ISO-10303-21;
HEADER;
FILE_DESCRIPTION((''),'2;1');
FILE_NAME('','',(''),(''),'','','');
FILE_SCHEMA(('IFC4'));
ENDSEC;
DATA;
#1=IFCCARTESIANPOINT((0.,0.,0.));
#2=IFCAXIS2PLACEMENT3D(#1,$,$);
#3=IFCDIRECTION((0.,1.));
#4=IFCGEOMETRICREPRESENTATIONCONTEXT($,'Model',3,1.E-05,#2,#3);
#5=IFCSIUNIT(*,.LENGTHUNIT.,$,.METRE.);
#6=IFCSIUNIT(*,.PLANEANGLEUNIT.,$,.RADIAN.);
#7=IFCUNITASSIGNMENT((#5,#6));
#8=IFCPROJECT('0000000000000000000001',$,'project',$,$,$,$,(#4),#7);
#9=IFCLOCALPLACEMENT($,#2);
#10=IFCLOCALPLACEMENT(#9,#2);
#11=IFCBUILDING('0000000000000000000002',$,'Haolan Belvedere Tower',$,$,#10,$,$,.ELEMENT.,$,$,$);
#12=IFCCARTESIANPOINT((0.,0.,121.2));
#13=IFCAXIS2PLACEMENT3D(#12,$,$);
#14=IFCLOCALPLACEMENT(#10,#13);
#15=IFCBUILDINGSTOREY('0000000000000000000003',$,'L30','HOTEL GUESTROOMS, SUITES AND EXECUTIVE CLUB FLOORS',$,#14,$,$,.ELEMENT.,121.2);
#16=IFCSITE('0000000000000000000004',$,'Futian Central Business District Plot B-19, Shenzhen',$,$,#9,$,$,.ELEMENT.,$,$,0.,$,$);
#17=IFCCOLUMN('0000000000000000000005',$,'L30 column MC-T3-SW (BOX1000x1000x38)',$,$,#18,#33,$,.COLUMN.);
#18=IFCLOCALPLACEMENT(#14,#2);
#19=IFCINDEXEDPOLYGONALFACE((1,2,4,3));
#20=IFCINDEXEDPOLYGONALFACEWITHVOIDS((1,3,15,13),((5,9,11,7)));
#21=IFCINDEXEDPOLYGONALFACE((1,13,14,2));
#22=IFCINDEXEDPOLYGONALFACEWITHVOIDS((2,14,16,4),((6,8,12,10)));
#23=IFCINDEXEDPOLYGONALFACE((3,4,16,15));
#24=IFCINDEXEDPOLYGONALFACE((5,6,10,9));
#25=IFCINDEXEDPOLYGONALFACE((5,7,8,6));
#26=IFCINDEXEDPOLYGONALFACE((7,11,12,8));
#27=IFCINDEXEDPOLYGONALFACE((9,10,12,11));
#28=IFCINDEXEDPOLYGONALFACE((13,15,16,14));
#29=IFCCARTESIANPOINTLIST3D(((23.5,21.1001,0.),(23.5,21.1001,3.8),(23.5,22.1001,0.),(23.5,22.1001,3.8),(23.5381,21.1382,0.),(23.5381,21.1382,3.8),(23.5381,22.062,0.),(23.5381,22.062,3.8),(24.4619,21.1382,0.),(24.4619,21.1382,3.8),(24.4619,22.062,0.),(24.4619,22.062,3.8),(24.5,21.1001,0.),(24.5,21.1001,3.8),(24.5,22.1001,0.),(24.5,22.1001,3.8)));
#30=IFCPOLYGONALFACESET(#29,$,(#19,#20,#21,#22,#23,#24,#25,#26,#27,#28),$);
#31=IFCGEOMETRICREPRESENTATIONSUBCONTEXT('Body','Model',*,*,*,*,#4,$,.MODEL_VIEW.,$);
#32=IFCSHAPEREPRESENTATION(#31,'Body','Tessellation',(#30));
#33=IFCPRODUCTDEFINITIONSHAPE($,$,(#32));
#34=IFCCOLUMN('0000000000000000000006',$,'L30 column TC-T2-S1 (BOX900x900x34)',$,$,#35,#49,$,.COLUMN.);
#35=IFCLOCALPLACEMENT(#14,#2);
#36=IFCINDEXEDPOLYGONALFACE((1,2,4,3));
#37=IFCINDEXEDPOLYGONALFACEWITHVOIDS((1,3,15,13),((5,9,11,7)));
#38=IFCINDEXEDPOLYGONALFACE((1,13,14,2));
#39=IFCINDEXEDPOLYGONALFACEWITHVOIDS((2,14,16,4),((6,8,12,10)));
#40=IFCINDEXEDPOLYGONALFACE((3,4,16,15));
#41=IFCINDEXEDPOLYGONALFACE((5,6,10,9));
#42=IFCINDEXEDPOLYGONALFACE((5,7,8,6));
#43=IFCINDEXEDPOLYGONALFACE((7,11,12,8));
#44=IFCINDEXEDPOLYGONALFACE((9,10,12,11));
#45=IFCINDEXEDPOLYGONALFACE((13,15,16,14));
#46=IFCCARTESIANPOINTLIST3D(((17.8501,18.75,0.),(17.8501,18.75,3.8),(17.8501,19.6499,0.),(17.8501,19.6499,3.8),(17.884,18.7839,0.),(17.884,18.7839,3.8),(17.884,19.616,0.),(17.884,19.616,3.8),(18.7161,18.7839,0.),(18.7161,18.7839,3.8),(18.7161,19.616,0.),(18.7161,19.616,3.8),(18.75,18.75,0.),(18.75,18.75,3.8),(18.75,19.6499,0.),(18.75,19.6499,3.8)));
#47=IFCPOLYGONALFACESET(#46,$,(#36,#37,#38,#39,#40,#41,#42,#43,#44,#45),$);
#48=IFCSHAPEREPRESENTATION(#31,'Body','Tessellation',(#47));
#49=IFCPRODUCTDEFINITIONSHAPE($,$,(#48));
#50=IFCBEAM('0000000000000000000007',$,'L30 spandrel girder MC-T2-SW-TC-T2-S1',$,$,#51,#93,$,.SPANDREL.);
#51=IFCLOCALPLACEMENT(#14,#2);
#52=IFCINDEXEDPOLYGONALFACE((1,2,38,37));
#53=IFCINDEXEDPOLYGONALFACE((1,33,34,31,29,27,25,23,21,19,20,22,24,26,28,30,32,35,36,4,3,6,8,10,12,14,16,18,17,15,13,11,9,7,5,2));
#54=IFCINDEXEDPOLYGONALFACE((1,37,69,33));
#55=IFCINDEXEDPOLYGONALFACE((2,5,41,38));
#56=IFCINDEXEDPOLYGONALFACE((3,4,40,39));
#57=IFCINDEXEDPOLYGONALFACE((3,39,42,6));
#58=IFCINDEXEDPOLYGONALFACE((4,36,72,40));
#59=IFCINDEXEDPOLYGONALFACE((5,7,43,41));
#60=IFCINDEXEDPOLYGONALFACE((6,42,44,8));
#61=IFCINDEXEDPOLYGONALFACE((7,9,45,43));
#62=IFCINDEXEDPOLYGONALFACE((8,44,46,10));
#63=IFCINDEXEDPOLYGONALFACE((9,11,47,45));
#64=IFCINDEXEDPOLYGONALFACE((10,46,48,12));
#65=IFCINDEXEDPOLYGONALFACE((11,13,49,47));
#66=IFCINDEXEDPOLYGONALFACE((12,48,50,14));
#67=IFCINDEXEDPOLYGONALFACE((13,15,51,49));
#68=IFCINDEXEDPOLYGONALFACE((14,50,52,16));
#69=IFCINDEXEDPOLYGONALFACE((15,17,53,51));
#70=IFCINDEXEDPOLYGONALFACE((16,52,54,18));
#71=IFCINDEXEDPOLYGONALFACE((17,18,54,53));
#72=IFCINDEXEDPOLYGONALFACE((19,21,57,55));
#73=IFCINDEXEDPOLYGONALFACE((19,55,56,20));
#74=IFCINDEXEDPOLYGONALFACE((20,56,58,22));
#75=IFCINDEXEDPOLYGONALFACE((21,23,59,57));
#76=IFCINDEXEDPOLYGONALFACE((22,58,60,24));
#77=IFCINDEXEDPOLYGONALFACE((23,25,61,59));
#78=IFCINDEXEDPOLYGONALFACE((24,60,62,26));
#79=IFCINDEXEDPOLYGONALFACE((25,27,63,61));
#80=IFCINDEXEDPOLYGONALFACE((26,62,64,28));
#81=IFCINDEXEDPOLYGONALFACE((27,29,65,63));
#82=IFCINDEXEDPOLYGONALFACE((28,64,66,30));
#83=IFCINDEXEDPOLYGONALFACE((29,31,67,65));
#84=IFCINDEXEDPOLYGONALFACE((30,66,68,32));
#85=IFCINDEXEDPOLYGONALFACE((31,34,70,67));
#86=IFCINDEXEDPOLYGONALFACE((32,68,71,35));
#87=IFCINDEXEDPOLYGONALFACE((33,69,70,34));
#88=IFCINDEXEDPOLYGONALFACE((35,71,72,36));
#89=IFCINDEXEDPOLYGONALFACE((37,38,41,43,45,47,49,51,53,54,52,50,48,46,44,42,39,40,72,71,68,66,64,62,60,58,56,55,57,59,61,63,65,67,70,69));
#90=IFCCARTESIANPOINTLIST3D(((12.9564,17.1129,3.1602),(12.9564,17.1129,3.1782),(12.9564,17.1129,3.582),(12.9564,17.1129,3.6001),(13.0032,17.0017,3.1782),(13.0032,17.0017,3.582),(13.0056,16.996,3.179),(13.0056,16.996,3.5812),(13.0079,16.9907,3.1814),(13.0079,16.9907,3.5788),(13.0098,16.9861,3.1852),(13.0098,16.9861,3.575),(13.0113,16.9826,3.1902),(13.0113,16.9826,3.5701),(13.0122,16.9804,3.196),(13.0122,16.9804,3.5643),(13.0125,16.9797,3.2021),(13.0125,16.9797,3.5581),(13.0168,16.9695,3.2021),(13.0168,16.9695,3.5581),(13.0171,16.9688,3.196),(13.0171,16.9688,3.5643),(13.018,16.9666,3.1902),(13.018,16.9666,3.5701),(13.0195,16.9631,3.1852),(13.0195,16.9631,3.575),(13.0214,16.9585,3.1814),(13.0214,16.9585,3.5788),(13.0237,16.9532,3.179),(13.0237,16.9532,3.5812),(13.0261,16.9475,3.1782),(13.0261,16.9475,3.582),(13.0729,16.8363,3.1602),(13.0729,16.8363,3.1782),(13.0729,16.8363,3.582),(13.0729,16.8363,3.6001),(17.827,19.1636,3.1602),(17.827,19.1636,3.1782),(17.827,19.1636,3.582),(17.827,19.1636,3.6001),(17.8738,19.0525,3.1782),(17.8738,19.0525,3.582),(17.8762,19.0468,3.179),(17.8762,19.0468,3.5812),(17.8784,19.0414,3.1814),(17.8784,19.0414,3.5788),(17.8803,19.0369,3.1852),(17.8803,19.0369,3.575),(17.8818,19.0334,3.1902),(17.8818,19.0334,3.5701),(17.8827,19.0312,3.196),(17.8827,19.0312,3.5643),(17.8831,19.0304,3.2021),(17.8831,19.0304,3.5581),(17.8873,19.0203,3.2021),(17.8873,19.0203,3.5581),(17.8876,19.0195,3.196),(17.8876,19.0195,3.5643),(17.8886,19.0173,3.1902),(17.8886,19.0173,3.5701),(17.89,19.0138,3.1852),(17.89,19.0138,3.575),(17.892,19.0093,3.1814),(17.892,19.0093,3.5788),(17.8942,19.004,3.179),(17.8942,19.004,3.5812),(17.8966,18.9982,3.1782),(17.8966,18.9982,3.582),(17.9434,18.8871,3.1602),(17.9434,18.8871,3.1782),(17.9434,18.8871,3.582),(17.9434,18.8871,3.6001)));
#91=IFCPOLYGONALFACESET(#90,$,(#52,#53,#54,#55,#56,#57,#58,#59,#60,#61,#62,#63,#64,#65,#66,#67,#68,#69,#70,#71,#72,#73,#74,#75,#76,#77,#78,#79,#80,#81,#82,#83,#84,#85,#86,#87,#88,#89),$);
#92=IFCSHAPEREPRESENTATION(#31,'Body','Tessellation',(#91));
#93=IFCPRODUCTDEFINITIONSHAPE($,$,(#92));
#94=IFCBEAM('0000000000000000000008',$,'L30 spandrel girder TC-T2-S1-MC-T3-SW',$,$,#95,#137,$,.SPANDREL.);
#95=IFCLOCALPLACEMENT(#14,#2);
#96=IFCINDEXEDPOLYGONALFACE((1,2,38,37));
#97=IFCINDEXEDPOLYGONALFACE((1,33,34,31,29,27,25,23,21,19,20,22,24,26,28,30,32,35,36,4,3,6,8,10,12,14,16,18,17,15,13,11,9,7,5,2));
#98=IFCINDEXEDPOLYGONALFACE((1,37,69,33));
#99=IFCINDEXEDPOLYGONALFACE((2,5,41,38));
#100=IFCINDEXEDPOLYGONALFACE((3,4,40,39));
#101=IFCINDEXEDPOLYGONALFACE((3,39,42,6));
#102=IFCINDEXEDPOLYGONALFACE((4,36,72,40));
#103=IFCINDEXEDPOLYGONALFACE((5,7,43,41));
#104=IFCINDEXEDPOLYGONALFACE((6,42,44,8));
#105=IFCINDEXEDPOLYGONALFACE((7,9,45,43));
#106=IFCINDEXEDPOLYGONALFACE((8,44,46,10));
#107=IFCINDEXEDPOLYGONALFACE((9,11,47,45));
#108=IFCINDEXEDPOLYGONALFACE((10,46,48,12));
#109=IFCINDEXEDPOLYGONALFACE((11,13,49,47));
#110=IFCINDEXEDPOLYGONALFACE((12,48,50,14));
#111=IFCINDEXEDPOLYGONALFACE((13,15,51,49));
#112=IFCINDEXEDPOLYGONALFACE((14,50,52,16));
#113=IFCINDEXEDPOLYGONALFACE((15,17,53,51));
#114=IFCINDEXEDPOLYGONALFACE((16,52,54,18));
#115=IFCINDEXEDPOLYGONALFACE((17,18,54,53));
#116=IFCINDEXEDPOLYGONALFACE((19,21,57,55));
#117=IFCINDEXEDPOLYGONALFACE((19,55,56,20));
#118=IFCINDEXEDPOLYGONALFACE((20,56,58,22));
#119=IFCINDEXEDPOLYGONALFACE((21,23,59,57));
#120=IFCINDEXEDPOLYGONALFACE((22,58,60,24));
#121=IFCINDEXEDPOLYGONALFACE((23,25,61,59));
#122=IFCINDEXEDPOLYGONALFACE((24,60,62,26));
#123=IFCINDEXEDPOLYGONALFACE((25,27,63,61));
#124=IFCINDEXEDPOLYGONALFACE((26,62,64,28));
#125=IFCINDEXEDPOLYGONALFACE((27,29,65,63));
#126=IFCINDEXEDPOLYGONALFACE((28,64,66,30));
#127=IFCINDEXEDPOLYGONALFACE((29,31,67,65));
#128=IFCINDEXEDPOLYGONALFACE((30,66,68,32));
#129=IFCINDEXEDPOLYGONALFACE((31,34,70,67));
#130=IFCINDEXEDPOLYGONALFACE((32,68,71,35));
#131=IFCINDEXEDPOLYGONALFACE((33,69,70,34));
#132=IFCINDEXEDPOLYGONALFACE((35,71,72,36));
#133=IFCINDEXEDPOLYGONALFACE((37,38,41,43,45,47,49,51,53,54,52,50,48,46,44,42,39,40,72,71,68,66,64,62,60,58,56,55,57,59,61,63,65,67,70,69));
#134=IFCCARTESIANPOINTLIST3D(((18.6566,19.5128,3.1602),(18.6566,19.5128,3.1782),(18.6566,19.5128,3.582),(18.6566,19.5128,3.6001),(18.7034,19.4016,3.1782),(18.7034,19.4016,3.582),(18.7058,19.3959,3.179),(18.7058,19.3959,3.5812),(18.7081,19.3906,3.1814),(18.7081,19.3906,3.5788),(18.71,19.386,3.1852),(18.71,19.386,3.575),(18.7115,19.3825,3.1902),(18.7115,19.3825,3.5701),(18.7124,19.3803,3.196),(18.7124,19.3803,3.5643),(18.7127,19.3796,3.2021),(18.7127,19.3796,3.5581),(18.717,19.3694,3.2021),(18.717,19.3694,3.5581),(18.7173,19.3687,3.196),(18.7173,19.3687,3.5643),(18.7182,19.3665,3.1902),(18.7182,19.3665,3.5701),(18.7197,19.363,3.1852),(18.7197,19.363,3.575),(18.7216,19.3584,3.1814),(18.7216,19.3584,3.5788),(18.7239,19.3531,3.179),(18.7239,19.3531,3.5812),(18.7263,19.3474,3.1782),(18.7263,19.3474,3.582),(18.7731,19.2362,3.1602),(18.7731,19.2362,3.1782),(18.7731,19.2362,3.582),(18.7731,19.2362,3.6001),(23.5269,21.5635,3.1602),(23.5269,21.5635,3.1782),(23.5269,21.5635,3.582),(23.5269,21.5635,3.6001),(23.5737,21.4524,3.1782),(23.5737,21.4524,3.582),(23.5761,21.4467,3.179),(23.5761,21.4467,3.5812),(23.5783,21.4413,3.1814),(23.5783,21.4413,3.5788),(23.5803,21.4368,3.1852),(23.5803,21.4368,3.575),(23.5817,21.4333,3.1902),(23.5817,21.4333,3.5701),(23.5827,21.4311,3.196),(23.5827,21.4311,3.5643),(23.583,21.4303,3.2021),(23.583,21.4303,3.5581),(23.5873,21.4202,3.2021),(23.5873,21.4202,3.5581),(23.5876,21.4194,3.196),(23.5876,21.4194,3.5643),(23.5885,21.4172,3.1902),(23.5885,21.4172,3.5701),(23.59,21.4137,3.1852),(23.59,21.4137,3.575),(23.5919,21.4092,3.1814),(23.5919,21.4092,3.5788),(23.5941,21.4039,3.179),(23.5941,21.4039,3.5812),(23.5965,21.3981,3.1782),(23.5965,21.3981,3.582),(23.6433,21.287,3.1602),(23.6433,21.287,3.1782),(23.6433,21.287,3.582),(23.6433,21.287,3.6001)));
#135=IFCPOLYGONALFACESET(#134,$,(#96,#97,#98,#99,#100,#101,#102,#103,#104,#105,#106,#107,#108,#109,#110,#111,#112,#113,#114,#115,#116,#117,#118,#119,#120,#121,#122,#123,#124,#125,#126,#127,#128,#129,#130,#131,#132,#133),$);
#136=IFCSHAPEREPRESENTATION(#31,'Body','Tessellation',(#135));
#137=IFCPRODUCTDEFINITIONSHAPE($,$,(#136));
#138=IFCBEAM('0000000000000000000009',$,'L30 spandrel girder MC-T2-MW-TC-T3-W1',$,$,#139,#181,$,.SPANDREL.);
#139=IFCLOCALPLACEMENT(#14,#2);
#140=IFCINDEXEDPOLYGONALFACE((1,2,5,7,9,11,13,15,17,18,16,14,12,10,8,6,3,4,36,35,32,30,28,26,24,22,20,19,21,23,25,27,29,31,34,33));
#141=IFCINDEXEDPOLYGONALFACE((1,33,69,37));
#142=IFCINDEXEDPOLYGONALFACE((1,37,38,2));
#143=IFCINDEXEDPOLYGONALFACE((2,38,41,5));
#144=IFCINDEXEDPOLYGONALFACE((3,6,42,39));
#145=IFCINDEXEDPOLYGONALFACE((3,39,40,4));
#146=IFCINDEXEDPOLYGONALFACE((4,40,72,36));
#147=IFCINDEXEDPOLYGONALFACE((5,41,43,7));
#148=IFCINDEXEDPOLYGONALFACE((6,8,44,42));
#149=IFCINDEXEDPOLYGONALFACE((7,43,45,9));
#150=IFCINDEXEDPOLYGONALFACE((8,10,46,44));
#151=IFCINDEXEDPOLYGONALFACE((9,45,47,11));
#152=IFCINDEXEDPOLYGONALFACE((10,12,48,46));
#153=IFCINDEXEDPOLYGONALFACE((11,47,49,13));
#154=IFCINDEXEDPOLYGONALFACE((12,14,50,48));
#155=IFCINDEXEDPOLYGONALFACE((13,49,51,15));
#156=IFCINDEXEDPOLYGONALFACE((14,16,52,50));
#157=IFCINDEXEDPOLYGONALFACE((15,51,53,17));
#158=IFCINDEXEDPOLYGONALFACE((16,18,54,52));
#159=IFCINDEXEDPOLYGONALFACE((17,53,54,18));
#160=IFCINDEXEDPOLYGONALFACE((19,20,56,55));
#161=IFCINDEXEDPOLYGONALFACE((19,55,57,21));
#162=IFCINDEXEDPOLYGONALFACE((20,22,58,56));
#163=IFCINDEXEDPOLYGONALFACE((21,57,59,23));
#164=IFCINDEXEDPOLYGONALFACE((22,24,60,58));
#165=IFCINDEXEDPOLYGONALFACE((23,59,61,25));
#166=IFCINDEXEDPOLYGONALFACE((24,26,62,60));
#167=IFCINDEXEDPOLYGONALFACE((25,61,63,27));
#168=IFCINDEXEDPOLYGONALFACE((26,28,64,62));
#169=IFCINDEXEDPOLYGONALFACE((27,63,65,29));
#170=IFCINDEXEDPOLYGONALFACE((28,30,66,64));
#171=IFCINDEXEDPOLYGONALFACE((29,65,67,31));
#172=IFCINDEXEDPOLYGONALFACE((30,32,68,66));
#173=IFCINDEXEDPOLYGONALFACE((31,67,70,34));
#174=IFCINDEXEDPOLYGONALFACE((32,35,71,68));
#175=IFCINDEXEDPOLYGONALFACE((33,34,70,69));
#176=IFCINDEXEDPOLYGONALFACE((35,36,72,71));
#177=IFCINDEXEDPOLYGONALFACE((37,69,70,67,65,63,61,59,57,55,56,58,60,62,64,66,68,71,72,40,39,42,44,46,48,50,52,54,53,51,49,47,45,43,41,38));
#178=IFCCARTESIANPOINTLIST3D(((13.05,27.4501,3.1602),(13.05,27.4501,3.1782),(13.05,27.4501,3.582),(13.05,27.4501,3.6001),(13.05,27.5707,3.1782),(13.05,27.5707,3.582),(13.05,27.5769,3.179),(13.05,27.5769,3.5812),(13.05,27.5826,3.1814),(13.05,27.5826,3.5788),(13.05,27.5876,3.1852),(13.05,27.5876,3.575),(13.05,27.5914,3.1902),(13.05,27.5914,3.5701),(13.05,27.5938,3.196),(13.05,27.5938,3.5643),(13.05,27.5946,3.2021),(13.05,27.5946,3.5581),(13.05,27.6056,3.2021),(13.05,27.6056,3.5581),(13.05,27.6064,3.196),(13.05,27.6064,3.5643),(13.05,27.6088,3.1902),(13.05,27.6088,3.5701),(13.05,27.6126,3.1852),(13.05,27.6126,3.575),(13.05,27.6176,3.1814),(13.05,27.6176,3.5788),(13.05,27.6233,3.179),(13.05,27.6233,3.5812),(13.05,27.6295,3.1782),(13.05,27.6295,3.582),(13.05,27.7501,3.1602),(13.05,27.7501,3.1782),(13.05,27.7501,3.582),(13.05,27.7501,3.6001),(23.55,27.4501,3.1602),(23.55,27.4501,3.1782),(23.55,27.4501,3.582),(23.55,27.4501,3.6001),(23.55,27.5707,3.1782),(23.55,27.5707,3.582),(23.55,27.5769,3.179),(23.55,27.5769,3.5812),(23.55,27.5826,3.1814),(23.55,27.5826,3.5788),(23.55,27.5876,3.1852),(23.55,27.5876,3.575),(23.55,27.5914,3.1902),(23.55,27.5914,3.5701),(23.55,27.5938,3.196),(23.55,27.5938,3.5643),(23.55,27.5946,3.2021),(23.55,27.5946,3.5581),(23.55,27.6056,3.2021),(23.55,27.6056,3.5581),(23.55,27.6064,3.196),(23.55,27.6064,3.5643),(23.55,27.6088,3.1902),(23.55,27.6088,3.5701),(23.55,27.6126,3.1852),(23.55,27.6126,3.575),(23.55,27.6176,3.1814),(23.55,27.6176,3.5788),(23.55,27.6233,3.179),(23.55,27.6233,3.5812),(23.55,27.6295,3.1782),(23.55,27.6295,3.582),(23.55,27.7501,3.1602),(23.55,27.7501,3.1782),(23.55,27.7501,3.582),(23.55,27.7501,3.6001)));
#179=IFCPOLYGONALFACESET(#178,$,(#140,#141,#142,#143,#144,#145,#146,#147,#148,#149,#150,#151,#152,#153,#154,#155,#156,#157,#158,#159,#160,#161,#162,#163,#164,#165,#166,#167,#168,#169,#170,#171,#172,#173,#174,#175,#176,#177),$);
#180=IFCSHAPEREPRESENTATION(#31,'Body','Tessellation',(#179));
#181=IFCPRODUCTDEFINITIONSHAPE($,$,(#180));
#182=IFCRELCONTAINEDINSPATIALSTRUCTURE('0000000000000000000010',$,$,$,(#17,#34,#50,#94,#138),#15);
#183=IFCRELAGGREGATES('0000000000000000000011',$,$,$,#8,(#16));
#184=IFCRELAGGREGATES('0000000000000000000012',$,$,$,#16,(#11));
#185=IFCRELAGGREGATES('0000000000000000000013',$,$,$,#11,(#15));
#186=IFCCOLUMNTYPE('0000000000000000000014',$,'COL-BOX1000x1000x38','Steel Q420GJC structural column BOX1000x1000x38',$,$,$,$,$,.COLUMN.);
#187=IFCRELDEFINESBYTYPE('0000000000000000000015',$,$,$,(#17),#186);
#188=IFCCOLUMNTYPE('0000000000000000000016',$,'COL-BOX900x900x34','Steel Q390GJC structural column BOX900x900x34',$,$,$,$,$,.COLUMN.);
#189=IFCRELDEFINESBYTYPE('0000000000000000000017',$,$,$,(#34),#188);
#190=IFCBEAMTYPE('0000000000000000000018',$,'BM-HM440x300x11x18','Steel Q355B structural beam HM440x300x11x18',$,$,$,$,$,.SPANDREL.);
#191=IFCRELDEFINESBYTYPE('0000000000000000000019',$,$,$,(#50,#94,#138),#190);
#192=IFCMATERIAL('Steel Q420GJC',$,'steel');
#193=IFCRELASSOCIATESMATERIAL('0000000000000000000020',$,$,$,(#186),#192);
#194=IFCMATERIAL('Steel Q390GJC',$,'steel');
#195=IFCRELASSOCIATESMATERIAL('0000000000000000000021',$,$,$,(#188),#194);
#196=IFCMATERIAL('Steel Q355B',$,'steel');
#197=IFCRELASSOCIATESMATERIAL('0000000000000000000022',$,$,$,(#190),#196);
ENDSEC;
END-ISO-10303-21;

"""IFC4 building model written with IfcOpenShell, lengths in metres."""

from ifc_helpers import new_model, si_unit, direction, frame, origin, origin_2d, place, context, subcontext, project, spatial, hollow_rectangle, i_section, extrude, material, material_profile, profile_set, type_object, element, save


model = new_model("IFC4")

# Units and contexts
model_context = context("Model", 3, precision=1e-05, world=origin(), true_north=direction((0.0, 1.0)))
body_context = subcontext(model_context, "Body", "Model", "MODEL_VIEW")
ifc_project = project(units=[si_unit("LENGTHUNIT", "METRE"), si_unit("PLANEANGLEUNIT", "RADIAN")], contexts=[model_context])

# Site, building, storey
site_placement = place(None, origin())
site = spatial("IfcSite", under=ifc_project, at=site_placement, Name="Futian Central Business District Plot B-19, Shenzhen", CompositionType="ELEMENT", RefElevation=0.0)
building_placement = place(site_placement, origin())
building = spatial("IfcBuilding", under=site, at=building_placement, Name="Haolan Belvedere Tower", CompositionType="ELEMENT")
storey_placement = place(building_placement, frame((0.0, 0.0, 121.2)))
storey = spatial("IfcBuildingStorey", under=building, at=storey_placement, Name="L30", Description="HOTEL GUESTROOMS, SUITES AND EXECUTIVE CLUB FLOORS", CompositionType="ELEMENT", Elevation=121.2)

# Columns
ifc_material_1 = material(Name="Steel Q420GJC", Category="steel")
ifc_material_profile_1 = material_profile(ifc_material_1, hollow_rectangle(XDim=1.0, YDim=1.0, WallThickness=0.0381, at=origin_2d()), Name="Steel Q420GJC")
ifc_profile_set_1 = profile_set([ifc_material_profile_1], Name="Steel Q420GJC")
column_type_1 = type_object("IfcColumnType", Name="COL-BOX1000x1000x38", Description="Steel Q420GJC structural column BOX1000x1000x38", PredefinedType="COLUMN", material=ifc_profile_set_1)
column_1_placement = place(storey_placement, frame((24.0, 21.6001, 0.0), z_axis=(0.0, 0.0, 1.0), x_axis=(1.0, 0.0, 0.0)))
element("IfcColumn", 1, at=column_1_placement, inside=storey, type_object=column_type_1, Name="L30 column MC-T3-SW (BOX1000x1000x38)", PredefinedType="COLUMN", context=body_context, shape_type="SweptSolid", body=[
    extrude(hollow_rectangle(XDim=1.0, YDim=1.0, WallThickness=0.0381, at=origin_2d()), origin(), (0.0, 0.0, 1.0), 3.8),
])
ifc_material_2 = material(Name="Steel Q390GJC", Category="steel")
ifc_material_profile_2 = material_profile(ifc_material_2, hollow_rectangle(XDim=0.8999, YDim=0.8999, WallThickness=0.0339, at=origin_2d()), Name="Steel Q390GJC")
ifc_profile_set_2 = profile_set([ifc_material_profile_2], Name="Steel Q390GJC")
column_type_2 = type_object("IfcColumnType", Name="COL-BOX900x900x34", Description="Steel Q390GJC structural column BOX900x900x34", PredefinedType="COLUMN", material=ifc_profile_set_2)
column_2_placement = place(storey_placement, frame((18.3, 19.2, 0.0), z_axis=(0.0, 0.0, 1.0), x_axis=(1.0, 0.0, 0.0)))
element("IfcColumn", 2, at=column_2_placement, inside=storey, type_object=column_type_2, Name="L30 column TC-T2-S1 (BOX900x900x34)", PredefinedType="COLUMN", context=body_context, shape_type="SweptSolid", body=[
    extrude(hollow_rectangle(XDim=0.8999, YDim=0.8999, WallThickness=0.0339, at=origin_2d()), origin(), (0.0, 0.0, 1.0), 3.8),
])

# Beams
ifc_material_3 = material(Name="Steel Q355B", Category="steel")
ifc_material_profile_3 = material_profile(ifc_material_3, i_section(OverallWidth=0.3, OverallDepth=0.4399, WebThickness=0.011, FlangeThickness=0.0181, FilletRadius=0.0239, at=origin_2d()), Name="Steel Q355B")
ifc_profile_set_3 = profile_set([ifc_material_profile_3], Name="Steel Q355B")
beam_type = type_object("IfcBeamType", Name="BM-HM440x300x11x18", Description="Steel Q355B structural beam HM440x300x11x18", PredefinedType="SPANDREL", material=ifc_profile_set_3)
beam_1_placement = place(storey_placement, frame((13.0146, 16.9746, 3.3801), z_axis=(0.921635, 0.388057, 0.0), x_axis=(-0.388057, 0.921635, 0.0)))
element("IfcBeam", 3, at=beam_1_placement, inside=storey, type_object=beam_type, Name="L30 spandrel girder MC-T2-SW-TC-T2-S1", PredefinedType="SPANDREL", context=body_context, shape_type="SweptSolid", body=[
    extrude(i_section(OverallWidth=0.3, OverallDepth=0.4399, WebThickness=0.011, FlangeThickness=0.0181, FilletRadius=0.0239, at=origin_2d()), origin(), (0.0, 0.0, 1.0), 5.2847),
])
beam_2_placement = place(storey_placement, frame((18.7148, 19.3745, 3.3801), z_axis=(0.921628, 0.388074, 0.0), x_axis=(-0.388074, 0.921628, 0.0)))
element("IfcBeam", 4, at=beam_2_placement, inside=storey, type_object=beam_type, Name="L30 spandrel girder TC-T2-S1-MC-T3-SW", PredefinedType="SPANDREL", context=body_context, shape_type="SweptSolid", body=[
    extrude(i_section(OverallWidth=0.3, OverallDepth=0.4399, WebThickness=0.011, FlangeThickness=0.0181, FilletRadius=0.0239, at=origin_2d()), origin(), (0.0, 0.0, 1.0), 5.2844),
])
beam_3_placement = place(storey_placement, frame((13.05, 27.6001, 3.3801), z_axis=(1.0, 0.0, 0.0), x_axis=(0.0, 1.0, 0.0)))
element("IfcBeam", 5, at=beam_3_placement, inside=storey, type_object=beam_type, Name="L30 spandrel girder MC-T2-MW-TC-T3-W1", PredefinedType="SPANDREL", context=body_context, shape_type="SweptSolid", body=[
    extrude(i_section(OverallWidth=0.3, OverallDepth=0.4399, WebThickness=0.011, FlangeThickness=0.0181, FilletRadius=0.0239, at=origin_2d()), origin(), (0.0, 0.0, 1.0), 10.5),
])

save(model, "model.ifc")
